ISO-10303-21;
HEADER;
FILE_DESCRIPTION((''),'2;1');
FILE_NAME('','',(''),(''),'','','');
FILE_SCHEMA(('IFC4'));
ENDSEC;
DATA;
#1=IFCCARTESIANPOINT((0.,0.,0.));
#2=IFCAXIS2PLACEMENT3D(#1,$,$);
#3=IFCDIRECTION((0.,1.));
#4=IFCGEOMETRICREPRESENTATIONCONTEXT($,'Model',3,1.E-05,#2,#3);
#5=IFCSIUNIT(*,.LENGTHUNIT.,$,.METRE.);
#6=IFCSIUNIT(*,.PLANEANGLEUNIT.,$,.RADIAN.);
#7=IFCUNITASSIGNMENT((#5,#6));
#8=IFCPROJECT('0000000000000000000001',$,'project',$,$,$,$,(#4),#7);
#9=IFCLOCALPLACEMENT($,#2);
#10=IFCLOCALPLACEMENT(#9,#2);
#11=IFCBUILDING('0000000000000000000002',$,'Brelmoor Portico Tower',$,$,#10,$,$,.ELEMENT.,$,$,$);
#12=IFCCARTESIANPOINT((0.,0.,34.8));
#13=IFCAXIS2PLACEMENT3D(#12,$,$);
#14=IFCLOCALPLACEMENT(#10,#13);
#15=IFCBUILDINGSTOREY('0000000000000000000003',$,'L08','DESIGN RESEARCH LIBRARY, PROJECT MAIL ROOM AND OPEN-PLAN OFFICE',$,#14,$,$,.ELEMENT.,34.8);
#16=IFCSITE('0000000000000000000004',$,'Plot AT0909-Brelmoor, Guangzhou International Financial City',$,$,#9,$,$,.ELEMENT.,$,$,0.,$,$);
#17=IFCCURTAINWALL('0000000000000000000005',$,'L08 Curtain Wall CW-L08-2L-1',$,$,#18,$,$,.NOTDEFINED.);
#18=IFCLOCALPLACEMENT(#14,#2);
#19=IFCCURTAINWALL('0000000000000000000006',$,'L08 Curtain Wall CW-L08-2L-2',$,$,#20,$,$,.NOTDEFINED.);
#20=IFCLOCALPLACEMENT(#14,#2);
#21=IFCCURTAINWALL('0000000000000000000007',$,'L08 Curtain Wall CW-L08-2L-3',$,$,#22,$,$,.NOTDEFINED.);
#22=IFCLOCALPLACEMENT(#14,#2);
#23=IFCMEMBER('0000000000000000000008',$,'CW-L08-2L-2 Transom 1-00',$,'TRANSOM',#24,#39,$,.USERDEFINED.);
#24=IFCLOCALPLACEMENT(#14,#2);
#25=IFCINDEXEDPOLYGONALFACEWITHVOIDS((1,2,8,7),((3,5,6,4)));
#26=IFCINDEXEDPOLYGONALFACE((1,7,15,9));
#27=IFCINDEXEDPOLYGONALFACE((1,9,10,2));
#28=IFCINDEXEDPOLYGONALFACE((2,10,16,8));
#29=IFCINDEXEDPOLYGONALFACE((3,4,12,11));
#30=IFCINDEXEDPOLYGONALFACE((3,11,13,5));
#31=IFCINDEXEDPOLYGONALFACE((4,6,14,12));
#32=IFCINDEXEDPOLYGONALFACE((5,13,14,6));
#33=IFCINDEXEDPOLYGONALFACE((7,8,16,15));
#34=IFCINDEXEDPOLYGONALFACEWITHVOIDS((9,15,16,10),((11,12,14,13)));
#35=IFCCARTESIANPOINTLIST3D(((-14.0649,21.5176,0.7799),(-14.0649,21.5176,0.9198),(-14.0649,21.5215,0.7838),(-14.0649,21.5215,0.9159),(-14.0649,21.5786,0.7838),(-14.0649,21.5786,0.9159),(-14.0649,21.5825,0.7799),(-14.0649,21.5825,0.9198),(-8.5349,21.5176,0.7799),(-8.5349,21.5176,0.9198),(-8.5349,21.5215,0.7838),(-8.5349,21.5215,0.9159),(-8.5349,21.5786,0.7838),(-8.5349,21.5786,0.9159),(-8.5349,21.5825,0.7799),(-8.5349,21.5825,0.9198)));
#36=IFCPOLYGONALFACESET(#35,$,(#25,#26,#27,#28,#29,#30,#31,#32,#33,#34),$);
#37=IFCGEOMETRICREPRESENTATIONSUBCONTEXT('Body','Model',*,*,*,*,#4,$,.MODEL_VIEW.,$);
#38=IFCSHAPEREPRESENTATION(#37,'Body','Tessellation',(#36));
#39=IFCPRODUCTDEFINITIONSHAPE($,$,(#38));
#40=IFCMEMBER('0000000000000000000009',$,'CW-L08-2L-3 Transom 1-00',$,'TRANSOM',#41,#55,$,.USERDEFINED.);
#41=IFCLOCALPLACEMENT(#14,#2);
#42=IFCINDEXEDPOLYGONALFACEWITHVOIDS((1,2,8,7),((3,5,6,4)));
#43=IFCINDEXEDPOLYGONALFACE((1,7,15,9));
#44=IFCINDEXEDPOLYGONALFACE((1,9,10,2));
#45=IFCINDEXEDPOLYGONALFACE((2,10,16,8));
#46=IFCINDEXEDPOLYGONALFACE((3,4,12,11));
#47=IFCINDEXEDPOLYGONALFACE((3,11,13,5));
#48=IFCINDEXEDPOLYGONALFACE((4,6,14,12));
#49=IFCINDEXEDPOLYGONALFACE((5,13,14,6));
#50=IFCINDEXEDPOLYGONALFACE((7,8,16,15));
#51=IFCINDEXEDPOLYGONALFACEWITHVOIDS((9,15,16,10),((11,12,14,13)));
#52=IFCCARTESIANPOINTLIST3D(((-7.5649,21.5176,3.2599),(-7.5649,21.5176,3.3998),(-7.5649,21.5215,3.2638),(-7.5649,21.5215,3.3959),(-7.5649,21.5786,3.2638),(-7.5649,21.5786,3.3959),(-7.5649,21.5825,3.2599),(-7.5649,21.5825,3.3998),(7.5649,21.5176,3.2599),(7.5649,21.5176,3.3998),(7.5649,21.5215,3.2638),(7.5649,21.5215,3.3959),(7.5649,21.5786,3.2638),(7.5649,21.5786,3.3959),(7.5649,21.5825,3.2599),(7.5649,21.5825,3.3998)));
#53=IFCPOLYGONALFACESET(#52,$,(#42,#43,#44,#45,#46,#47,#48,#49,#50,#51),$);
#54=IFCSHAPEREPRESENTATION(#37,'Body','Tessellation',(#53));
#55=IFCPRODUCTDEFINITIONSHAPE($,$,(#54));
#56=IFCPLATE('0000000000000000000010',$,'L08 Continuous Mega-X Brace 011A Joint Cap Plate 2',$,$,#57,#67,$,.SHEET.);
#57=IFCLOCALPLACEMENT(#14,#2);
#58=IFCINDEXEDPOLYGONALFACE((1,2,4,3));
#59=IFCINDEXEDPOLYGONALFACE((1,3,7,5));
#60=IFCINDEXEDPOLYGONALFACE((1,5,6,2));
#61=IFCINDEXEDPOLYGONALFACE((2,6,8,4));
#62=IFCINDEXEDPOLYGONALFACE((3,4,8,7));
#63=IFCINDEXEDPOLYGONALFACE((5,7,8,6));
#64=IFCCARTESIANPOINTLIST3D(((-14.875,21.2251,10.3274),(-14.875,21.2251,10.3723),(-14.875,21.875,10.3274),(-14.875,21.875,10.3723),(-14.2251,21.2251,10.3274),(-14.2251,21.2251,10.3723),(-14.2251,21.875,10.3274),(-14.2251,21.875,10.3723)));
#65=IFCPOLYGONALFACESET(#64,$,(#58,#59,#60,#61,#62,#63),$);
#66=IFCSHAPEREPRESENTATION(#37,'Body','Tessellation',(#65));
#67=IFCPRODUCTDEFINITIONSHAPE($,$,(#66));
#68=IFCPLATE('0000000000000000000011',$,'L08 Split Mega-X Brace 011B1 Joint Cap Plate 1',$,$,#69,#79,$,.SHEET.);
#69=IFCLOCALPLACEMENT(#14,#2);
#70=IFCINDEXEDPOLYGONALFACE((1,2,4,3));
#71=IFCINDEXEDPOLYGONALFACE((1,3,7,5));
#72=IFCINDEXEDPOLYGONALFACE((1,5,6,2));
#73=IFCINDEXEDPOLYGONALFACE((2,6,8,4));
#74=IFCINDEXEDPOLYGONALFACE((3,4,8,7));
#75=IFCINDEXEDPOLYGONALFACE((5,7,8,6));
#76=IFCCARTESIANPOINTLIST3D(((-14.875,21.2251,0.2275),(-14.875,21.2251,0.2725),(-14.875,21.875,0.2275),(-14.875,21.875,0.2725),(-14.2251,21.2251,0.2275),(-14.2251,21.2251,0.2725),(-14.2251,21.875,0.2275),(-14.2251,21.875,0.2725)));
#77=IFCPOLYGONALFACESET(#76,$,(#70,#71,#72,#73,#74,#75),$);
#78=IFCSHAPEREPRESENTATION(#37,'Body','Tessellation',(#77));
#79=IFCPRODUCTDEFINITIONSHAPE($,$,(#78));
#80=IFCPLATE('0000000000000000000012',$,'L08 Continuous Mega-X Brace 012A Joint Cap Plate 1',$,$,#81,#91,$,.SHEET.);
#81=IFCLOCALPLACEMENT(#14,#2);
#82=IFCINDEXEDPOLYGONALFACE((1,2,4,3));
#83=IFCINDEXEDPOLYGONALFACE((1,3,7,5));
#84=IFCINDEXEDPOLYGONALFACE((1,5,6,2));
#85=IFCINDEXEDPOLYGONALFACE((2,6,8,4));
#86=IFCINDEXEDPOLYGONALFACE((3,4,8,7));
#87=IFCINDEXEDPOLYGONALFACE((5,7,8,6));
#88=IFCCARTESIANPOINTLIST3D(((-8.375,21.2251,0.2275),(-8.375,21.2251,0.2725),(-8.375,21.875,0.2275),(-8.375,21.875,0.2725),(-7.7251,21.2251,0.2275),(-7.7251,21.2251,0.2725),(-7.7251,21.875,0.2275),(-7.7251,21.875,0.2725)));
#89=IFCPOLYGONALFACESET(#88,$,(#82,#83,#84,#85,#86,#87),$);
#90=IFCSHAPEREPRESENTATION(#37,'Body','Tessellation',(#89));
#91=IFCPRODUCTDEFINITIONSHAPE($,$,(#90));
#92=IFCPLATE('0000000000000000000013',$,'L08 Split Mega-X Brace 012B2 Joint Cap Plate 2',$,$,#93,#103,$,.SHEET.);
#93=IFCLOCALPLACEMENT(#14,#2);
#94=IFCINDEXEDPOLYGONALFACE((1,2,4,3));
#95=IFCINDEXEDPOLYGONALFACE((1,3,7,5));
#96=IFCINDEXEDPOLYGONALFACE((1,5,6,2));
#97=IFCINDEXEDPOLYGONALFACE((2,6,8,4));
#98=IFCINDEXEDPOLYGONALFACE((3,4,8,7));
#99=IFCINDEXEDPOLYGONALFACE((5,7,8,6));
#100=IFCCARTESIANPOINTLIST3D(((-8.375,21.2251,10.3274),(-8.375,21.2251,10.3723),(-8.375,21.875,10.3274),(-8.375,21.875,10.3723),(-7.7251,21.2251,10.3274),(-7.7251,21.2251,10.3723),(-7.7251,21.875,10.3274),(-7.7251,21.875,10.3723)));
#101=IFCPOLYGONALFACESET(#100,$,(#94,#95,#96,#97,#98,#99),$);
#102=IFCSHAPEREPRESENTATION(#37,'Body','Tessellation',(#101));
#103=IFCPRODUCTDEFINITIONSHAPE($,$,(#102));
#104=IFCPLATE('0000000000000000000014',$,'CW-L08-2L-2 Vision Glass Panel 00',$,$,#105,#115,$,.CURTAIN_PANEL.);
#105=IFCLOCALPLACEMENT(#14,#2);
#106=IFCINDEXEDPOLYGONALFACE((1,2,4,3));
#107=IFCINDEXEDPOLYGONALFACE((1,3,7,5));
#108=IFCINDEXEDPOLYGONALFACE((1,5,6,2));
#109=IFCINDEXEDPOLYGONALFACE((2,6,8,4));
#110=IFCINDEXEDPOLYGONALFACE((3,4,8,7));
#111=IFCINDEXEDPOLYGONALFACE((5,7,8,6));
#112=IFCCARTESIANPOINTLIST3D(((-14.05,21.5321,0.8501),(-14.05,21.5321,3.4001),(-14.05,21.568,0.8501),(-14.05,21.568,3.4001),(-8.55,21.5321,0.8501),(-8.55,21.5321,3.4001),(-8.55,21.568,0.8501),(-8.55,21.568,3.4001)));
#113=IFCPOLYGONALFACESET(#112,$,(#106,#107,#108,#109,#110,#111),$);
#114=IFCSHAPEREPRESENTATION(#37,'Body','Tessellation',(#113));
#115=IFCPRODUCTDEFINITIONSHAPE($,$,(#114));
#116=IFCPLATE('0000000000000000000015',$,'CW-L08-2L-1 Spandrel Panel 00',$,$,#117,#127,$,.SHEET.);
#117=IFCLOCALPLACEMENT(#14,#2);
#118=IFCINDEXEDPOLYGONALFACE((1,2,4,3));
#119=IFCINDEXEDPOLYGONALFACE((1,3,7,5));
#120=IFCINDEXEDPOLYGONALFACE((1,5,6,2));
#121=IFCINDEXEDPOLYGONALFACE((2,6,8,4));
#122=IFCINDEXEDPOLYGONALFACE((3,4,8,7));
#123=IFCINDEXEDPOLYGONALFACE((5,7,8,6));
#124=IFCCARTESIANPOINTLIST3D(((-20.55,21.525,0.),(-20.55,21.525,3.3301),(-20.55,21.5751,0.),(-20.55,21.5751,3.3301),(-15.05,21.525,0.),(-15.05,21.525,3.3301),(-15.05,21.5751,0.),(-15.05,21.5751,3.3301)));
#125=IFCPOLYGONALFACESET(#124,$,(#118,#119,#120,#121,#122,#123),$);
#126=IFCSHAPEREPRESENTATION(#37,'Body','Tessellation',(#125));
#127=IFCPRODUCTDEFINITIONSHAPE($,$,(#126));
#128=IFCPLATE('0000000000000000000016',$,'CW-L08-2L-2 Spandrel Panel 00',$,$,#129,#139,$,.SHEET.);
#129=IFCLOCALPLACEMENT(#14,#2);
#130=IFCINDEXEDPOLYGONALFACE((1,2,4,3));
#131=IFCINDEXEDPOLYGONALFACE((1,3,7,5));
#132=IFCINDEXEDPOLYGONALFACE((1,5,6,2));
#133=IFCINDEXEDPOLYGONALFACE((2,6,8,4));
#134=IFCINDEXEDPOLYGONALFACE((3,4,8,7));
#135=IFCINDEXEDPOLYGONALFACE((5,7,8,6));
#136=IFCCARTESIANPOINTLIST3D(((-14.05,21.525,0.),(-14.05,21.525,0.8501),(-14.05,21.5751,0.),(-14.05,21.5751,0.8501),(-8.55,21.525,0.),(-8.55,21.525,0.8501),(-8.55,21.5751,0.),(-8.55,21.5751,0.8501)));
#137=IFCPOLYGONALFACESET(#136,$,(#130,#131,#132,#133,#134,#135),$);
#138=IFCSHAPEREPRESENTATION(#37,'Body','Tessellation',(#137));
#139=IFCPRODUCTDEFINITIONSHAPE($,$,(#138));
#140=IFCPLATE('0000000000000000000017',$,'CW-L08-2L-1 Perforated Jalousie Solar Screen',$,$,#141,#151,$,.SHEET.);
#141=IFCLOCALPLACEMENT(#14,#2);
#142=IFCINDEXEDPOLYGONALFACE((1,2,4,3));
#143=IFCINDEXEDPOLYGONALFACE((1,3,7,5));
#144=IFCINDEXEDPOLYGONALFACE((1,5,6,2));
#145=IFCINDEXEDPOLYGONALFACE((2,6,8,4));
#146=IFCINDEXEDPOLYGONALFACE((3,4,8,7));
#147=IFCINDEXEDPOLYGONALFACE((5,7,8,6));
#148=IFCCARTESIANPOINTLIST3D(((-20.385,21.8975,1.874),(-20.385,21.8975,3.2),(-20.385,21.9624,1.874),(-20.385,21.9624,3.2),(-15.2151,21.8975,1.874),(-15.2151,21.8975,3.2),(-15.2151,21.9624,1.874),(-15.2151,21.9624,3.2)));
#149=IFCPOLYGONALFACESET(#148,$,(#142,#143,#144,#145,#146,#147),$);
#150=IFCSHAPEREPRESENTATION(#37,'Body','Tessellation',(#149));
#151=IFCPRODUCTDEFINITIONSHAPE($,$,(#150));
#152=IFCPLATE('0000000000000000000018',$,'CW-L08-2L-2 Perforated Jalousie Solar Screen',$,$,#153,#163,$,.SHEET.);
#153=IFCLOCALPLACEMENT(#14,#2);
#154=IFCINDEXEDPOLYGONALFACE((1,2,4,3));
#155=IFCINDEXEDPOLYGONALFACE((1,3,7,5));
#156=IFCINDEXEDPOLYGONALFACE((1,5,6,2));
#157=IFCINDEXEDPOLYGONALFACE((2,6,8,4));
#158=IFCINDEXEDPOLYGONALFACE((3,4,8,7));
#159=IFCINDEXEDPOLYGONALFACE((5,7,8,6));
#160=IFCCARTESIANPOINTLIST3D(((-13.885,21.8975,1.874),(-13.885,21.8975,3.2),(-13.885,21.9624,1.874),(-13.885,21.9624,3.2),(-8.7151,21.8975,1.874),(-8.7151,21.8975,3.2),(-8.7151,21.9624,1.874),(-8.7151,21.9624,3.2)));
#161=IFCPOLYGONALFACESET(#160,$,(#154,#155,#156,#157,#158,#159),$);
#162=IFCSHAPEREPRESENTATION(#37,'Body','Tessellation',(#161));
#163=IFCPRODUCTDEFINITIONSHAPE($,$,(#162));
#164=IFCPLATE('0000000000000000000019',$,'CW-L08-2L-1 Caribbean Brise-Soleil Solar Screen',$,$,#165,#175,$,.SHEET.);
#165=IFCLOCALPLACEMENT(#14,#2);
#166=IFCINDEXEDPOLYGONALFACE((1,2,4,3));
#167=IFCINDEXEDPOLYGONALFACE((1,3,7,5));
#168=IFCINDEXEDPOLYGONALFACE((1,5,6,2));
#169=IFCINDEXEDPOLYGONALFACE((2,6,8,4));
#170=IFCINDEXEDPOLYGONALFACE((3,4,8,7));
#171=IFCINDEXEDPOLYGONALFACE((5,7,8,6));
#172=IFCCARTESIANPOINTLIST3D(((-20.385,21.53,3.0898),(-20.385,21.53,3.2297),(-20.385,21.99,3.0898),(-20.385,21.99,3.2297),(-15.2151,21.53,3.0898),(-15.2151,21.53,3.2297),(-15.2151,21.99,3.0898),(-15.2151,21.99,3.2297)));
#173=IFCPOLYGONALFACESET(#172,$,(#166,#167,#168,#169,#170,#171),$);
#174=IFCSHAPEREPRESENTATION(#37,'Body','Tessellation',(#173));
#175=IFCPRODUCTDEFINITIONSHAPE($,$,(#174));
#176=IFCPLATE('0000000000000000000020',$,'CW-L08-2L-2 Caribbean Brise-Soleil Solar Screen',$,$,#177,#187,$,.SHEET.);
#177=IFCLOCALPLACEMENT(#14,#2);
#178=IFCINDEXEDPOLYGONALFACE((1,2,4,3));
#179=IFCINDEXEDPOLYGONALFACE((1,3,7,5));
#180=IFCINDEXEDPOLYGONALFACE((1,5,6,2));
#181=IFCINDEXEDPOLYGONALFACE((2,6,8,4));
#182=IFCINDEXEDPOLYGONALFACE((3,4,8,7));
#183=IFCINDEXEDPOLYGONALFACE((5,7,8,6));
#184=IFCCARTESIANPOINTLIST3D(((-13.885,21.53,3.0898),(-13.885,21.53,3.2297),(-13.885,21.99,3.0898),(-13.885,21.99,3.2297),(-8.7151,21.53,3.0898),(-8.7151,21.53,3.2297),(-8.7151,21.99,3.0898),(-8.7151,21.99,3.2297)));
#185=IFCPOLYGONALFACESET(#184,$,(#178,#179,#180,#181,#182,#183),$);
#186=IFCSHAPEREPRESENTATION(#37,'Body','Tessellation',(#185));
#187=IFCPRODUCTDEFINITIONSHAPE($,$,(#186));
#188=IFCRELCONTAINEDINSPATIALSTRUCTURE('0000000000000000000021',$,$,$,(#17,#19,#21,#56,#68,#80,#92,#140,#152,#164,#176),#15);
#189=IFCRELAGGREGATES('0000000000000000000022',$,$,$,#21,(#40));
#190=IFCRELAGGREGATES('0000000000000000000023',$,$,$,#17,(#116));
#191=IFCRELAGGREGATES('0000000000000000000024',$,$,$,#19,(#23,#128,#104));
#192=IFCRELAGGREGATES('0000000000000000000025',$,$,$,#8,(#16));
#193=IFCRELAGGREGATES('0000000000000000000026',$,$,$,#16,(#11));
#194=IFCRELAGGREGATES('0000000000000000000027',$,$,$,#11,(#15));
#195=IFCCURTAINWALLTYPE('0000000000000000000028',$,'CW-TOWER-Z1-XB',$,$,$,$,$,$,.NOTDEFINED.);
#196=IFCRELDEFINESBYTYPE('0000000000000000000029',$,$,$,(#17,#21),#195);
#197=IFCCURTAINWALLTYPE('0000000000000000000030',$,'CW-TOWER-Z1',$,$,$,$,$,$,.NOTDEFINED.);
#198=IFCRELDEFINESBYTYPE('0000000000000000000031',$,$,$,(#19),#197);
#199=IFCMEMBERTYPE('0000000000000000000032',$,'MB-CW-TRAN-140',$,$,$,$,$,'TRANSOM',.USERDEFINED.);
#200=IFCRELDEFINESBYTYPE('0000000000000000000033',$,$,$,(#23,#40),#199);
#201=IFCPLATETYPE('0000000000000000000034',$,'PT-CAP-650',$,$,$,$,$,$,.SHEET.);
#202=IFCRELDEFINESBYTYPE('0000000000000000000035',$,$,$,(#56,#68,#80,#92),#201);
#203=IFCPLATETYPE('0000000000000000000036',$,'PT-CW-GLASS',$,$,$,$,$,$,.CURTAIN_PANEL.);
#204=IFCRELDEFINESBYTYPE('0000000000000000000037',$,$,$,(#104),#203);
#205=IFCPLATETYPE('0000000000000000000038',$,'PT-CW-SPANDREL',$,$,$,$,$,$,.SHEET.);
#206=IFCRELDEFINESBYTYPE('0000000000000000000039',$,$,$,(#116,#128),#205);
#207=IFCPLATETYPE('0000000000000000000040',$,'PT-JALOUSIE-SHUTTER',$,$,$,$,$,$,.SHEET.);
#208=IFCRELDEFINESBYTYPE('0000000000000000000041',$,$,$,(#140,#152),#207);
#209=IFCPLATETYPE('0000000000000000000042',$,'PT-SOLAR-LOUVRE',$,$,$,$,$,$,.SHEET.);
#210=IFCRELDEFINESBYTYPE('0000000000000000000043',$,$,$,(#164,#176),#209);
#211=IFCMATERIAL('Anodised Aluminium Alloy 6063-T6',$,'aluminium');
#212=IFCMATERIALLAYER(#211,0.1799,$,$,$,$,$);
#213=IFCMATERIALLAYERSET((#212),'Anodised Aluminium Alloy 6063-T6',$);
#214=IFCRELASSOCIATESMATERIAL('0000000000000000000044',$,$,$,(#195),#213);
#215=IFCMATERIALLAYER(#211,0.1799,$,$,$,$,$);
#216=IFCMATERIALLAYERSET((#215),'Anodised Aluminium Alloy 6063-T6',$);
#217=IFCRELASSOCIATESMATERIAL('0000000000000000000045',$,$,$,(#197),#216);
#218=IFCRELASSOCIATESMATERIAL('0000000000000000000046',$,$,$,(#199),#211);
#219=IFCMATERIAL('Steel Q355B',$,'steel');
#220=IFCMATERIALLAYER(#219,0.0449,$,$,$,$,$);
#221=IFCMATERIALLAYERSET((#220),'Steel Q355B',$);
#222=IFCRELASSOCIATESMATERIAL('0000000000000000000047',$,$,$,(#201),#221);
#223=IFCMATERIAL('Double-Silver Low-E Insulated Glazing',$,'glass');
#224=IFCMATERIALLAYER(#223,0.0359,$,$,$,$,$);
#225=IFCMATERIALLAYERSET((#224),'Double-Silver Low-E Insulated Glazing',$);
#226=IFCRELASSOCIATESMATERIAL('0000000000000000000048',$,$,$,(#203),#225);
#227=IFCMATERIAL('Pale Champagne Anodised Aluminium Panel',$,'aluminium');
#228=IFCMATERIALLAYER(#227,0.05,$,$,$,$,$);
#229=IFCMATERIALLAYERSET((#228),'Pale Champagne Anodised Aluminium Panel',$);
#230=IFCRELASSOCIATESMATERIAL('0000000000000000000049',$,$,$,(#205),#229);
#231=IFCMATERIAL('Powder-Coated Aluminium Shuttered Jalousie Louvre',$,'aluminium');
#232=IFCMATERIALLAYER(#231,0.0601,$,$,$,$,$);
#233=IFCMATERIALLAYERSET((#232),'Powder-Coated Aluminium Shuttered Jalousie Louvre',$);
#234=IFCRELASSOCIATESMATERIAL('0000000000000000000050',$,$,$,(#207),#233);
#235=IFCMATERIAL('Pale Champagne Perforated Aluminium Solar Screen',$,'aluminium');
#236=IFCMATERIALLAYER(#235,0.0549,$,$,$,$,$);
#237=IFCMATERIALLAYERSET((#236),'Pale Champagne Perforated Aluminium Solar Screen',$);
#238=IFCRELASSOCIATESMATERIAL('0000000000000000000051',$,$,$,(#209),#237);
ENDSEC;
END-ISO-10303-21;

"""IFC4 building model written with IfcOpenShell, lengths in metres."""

from ifc_helpers import new_model, si_unit, direction, frame, origin, origin_2d, place, context, subcontext, project, spatial, rectangle, hollow_rectangle, extrude, material, layer, layer_set, material_profile, profile_set, type_object, element, aggregate, save


model = new_model("IFC4")

# Units and contexts
model_context = context("Model", 3, precision=1e-05, world=origin(), true_north=direction((0.0, 1.0)))
body_context = subcontext(model_context, "Body", "Model", "MODEL_VIEW")
ifc_project = project(units=[si_unit("LENGTHUNIT", "METRE"), si_unit("PLANEANGLEUNIT", "RADIAN")], contexts=[model_context])

# Site, building, storey
site_placement = place(None, origin())
site = spatial("IfcSite", under=ifc_project, at=site_placement, Name="Plot AT0909-Brelmoor, Guangzhou International Financial City", CompositionType="ELEMENT", RefElevation=0.0)
building_placement = place(site_placement, origin())
building = spatial("IfcBuilding", under=site, at=building_placement, Name="Brelmoor Portico Tower", CompositionType="ELEMENT")
storey_placement = place(building_placement, frame((0.0, 0.0, 34.8)))
storey = spatial("IfcBuildingStorey", under=building, at=storey_placement, Name="L08", Description="DESIGN RESEARCH LIBRARY, PROJECT MAIL ROOM AND OPEN-PLAN OFFICE", CompositionType="ELEMENT", Elevation=34.8)

# Shared definitions
ifc_material_1 = material(Name="Steel Q355B", Category="steel")

# Curtain wall
ifc_material_2 = material(Name="Anodised Aluminium Alloy 6063-T6", Category="aluminium")
ifc_layer_1 = layer(ifc_material_2, 0.1799)
ifc_layer_set_1 = layer_set([ifc_layer_1], Name="Anodised Aluminium Alloy 6063-T6")
curtain_wall_type_1 = type_object("IfcCurtainWallType", Name="CW-TOWER-Z1-XB", PredefinedType="NOTDEFINED", material=ifc_layer_set_1)
curtain_wall_1_placement = place(storey_placement, origin())
curtain_wall_1 = element("IfcCurtainWall", 1, at=curtain_wall_1_placement, inside=storey, type_object=curtain_wall_type_1, Name="L08 Curtain Wall CW-L08-2L-1", PredefinedType="NOTDEFINED")

# Curtain wall
ifc_layer_2 = layer(ifc_material_2, 0.1799)
ifc_layer_set_2 = layer_set([ifc_layer_2], Name="Anodised Aluminium Alloy 6063-T6")
curtain_wall_type_2 = type_object("IfcCurtainWallType", Name="CW-TOWER-Z1", PredefinedType="NOTDEFINED", material=ifc_layer_set_2)
curtain_wall_2_placement = place(storey_placement, origin())
curtain_wall_2 = element("IfcCurtainWall", 2, at=curtain_wall_2_placement, inside=storey, type_object=curtain_wall_type_2, Name="L08 Curtain Wall CW-L08-2L-2", PredefinedType="NOTDEFINED")

# Curtain wall
curtain_wall_3_placement = place(storey_placement, origin())
curtain_wall_3 = element("IfcCurtainWall", 3, at=curtain_wall_3_placement, inside=storey, type_object=curtain_wall_type_1, Name="L08 Curtain Wall CW-L08-2L-3", PredefinedType="NOTDEFINED")

# Members
ifc_material_profile_1 = material_profile(ifc_material_2, hollow_rectangle(XDim=0.0649, YDim=0.1399, WallThickness=0.0039, at=origin_2d()), Name="ALU TRANSOM 65x140")
ifc_profile_set_1 = profile_set([ifc_material_profile_1], Name="Anodised Aluminium Alloy 6063-T6")
member_type_1 = type_object("IfcMemberType", Name="MB-CW-TRAN-140", ElementType="TRANSOM", PredefinedType="USERDEFINED", material=ifc_profile_set_1)
member_1_placement = place(storey_placement, frame((-14.0649, 21.55, 0.8499), z_axis=(1.0, 0.0, 0.0), x_axis=(0.0, 1.0, 0.0)))
member_1 = element("IfcMember", 4, at=member_1_placement, type_object=member_type_1, Name="CW-L08-2L-2 Transom 1-00", ObjectType="TRANSOM", PredefinedType="USERDEFINED", context=body_context, shape_type="SweptSolid", body=[
    extrude(hollow_rectangle(XDim=0.0649, YDim=0.1399, WallThickness=0.0039, at=origin_2d()), origin(), (0.0, 0.0, 1.0), 5.53),
])
member_2_placement = place(storey_placement, frame((-7.5649, 21.55, 3.3298), z_axis=(1.0, 0.0, 0.0), x_axis=(0.0, 1.0, 0.0)))
member_2 = element("IfcMember", 5, at=member_2_placement, type_object=member_type_1, Name="CW-L08-2L-3 Transom 1-00", ObjectType="TRANSOM", PredefinedType="USERDEFINED", context=body_context, shape_type="SweptSolid", body=[
    extrude(hollow_rectangle(XDim=0.0649, YDim=0.1399, WallThickness=0.0039, at=origin_2d()), origin(), (0.0, 0.0, 1.0), 15.1299),
])
aggregate(curtain_wall_3, [member_2])

# Plates
ifc_layer_3 = layer(ifc_material_1, 0.0449)
ifc_layer_set_3 = layer_set([ifc_layer_3], Name="Steel Q355B")
plate_type_1 = type_object("IfcPlateType", Name="PT-CAP-650", PredefinedType="SHEET", material=ifc_layer_set_3)
for number, where, z_axis, x_axis, name in (
    (6, (-14.55, 21.55, 10.3274), (0.0, 0.0, 1.0), (1.0, 0.0, 0.0), "L08 Continuous Mega-X Brace 011A Joint Cap Plate 2"),
    (7, (-14.55, 21.55, 0.2275), (0.0, 0.0, 1.0), (1.0, 0.0, 0.0), "L08 Split Mega-X Brace 011B1 Joint Cap Plate 1"),
    (8, (-8.05, 21.55, 0.2275), (0.0, 0.0, 1.0), (1.0, 0.0, 0.0), "L08 Continuous Mega-X Brace 012A Joint Cap Plate 1"),
    (9, (-8.05, 21.55, 10.3274), (0.0, 0.0, 1.0), (1.0, 0.0, 0.0), "L08 Split Mega-X Brace 012B2 Joint Cap Plate 2"),
):
    element("IfcPlate", number, at=place(storey_placement, frame(where, z_axis=z_axis, x_axis=x_axis)), inside=storey, type_object=plate_type_1, Name=name, PredefinedType="SHEET", context=body_context, shape_type="SweptSolid", body=[
        extrude(rectangle(XDim=0.6499, YDim=0.6499, at=origin_2d()), origin(), (0.0, 0.0, 1.0), 0.0449),
    ])

# Plates
ifc_material_3 = material(Name="Double-Silver Low-E Insulated Glazing", Category="glass")
ifc_layer_4 = layer(ifc_material_3, 0.0359)
ifc_layer_set_4 = layer_set([ifc_layer_4], Name="Double-Silver Low-E Insulated Glazing")
plate_type_2 = type_object("IfcPlateType", Name="PT-CW-GLASS", PredefinedType="CURTAIN_PANEL", material=ifc_layer_set_4)
plate_1_placement = place(storey_placement, frame((-11.3, 21.55, 0.8501), z_axis=(0.0, 0.0, 1.0), x_axis=(1.0, 0.0, 0.0)))
plate_1 = element("IfcPlate", 10, at=plate_1_placement, type_object=plate_type_2, Name="CW-L08-2L-2 Vision Glass Panel 00", PredefinedType="CURTAIN_PANEL", context=body_context, shape_type="SweptSolid", body=[
    extrude(rectangle(XDim=5.5, YDim=0.0359, at=origin_2d()), origin(), (0.0, 0.0, 1.0), 2.55),
])
ifc_material_4 = material(Name="Pale Champagne Anodised Aluminium Panel", Category="aluminium")
ifc_layer_5 = layer(ifc_material_4, 0.05)
ifc_layer_set_5 = layer_set([ifc_layer_5], Name="Pale Champagne Anodised Aluminium Panel")
plate_type_3 = type_object("IfcPlateType", Name="PT-CW-SPANDREL", PredefinedType="SHEET", material=ifc_layer_set_5)
plate_2_placement = place(storey_placement, frame((-17.8, 21.55, 0.0), z_axis=(0.0, 0.0, 1.0), x_axis=(1.0, 0.0, 0.0)))
plate_2 = element("IfcPlate", 11, at=plate_2_placement, type_object=plate_type_3, Name="CW-L08-2L-1 Spandrel Panel 00", PredefinedType="SHEET", context=body_context, shape_type="SweptSolid", body=[
    extrude(rectangle(XDim=5.5, YDim=0.05, at=origin_2d()), origin(), (0.0, 0.0, 1.0), 3.3301),
])
aggregate(curtain_wall_1, [plate_2])
plate_3_placement = place(storey_placement, frame((-11.3, 21.55, 0.0), z_axis=(0.0, 0.0, 1.0), x_axis=(1.0, 0.0, 0.0)))
plate_3 = element("IfcPlate", 12, at=plate_3_placement, type_object=plate_type_3, Name="CW-L08-2L-2 Spandrel Panel 00", PredefinedType="SHEET", context=body_context, shape_type="SweptSolid", body=[
    extrude(rectangle(XDim=5.5, YDim=0.05, at=origin_2d()), origin(), (0.0, 0.0, 1.0), 0.8501),
])
aggregate(curtain_wall_2, [member_1, plate_3, plate_1])

# Plates
ifc_material_5 = material(Name="Powder-Coated Aluminium Shuttered Jalousie Louvre", Category="aluminium")
ifc_layer_6 = layer(ifc_material_5, 0.0601)
ifc_layer_set_6 = layer_set([ifc_layer_6], Name="Powder-Coated Aluminium Shuttered Jalousie Louvre")
plate_type_4 = type_object("IfcPlateType", Name="PT-JALOUSIE-SHUTTER", PredefinedType="SHEET", material=ifc_layer_set_6)
for number, where, z_axis, x_axis, name in (
    (13, (-17.8, 21.9299, 1.874), (0.0, 0.0, 1.0), (1.0, 0.0, 0.0), "CW-L08-2L-1 Perforated Jalousie Solar Screen"),
    (14, (-11.3, 21.9299, 1.874), (0.0, 0.0, 1.0), (1.0, 0.0, 0.0), "CW-L08-2L-2 Perforated Jalousie Solar Screen"),
):
    element("IfcPlate", number, at=place(storey_placement, frame(where, z_axis=z_axis, x_axis=x_axis)), inside=storey, type_object=plate_type_4, Name=name, PredefinedType="SHEET", context=body_context, shape_type="SweptSolid", body=[
        extrude(rectangle(XDim=5.1699, YDim=0.0649, at=origin_2d()), origin(), (0.0, 0.0, 1.0), 1.3259),
    ])
ifc_material_6 = material(Name="Pale Champagne Perforated Aluminium Solar Screen", Category="aluminium")
ifc_layer_7 = layer(ifc_material_6, 0.0549)
ifc_layer_set_7 = layer_set([ifc_layer_7], Name="Pale Champagne Perforated Aluminium Solar Screen")
plate_type_5 = type_object("IfcPlateType", Name="PT-SOLAR-LOUVRE", PredefinedType="SHEET", material=ifc_layer_set_7)
for number, where, z_axis, x_axis, name in (
    (15, (-17.8, 21.76, 3.0898), (0.0, 0.0, 1.0), (1.0, 0.0, 0.0), "CW-L08-2L-1 Caribbean Brise-Soleil Solar Screen"),
    (16, (-11.3, 21.76, 3.0898), (0.0, 0.0, 1.0), (1.0, 0.0, 0.0), "CW-L08-2L-2 Caribbean Brise-Soleil Solar Screen"),
):
    element("IfcPlate", number, at=place(storey_placement, frame(where, z_axis=z_axis, x_axis=x_axis)), inside=storey, type_object=plate_type_5, Name=name, PredefinedType="SHEET", context=body_context, shape_type="SweptSolid", body=[
        extrude(rectangle(XDim=5.1699, YDim=0.46, at=origin_2d()), origin(), (0.0, 0.0, 1.0), 0.1399),
    ])

save(model, "model.ifc")
